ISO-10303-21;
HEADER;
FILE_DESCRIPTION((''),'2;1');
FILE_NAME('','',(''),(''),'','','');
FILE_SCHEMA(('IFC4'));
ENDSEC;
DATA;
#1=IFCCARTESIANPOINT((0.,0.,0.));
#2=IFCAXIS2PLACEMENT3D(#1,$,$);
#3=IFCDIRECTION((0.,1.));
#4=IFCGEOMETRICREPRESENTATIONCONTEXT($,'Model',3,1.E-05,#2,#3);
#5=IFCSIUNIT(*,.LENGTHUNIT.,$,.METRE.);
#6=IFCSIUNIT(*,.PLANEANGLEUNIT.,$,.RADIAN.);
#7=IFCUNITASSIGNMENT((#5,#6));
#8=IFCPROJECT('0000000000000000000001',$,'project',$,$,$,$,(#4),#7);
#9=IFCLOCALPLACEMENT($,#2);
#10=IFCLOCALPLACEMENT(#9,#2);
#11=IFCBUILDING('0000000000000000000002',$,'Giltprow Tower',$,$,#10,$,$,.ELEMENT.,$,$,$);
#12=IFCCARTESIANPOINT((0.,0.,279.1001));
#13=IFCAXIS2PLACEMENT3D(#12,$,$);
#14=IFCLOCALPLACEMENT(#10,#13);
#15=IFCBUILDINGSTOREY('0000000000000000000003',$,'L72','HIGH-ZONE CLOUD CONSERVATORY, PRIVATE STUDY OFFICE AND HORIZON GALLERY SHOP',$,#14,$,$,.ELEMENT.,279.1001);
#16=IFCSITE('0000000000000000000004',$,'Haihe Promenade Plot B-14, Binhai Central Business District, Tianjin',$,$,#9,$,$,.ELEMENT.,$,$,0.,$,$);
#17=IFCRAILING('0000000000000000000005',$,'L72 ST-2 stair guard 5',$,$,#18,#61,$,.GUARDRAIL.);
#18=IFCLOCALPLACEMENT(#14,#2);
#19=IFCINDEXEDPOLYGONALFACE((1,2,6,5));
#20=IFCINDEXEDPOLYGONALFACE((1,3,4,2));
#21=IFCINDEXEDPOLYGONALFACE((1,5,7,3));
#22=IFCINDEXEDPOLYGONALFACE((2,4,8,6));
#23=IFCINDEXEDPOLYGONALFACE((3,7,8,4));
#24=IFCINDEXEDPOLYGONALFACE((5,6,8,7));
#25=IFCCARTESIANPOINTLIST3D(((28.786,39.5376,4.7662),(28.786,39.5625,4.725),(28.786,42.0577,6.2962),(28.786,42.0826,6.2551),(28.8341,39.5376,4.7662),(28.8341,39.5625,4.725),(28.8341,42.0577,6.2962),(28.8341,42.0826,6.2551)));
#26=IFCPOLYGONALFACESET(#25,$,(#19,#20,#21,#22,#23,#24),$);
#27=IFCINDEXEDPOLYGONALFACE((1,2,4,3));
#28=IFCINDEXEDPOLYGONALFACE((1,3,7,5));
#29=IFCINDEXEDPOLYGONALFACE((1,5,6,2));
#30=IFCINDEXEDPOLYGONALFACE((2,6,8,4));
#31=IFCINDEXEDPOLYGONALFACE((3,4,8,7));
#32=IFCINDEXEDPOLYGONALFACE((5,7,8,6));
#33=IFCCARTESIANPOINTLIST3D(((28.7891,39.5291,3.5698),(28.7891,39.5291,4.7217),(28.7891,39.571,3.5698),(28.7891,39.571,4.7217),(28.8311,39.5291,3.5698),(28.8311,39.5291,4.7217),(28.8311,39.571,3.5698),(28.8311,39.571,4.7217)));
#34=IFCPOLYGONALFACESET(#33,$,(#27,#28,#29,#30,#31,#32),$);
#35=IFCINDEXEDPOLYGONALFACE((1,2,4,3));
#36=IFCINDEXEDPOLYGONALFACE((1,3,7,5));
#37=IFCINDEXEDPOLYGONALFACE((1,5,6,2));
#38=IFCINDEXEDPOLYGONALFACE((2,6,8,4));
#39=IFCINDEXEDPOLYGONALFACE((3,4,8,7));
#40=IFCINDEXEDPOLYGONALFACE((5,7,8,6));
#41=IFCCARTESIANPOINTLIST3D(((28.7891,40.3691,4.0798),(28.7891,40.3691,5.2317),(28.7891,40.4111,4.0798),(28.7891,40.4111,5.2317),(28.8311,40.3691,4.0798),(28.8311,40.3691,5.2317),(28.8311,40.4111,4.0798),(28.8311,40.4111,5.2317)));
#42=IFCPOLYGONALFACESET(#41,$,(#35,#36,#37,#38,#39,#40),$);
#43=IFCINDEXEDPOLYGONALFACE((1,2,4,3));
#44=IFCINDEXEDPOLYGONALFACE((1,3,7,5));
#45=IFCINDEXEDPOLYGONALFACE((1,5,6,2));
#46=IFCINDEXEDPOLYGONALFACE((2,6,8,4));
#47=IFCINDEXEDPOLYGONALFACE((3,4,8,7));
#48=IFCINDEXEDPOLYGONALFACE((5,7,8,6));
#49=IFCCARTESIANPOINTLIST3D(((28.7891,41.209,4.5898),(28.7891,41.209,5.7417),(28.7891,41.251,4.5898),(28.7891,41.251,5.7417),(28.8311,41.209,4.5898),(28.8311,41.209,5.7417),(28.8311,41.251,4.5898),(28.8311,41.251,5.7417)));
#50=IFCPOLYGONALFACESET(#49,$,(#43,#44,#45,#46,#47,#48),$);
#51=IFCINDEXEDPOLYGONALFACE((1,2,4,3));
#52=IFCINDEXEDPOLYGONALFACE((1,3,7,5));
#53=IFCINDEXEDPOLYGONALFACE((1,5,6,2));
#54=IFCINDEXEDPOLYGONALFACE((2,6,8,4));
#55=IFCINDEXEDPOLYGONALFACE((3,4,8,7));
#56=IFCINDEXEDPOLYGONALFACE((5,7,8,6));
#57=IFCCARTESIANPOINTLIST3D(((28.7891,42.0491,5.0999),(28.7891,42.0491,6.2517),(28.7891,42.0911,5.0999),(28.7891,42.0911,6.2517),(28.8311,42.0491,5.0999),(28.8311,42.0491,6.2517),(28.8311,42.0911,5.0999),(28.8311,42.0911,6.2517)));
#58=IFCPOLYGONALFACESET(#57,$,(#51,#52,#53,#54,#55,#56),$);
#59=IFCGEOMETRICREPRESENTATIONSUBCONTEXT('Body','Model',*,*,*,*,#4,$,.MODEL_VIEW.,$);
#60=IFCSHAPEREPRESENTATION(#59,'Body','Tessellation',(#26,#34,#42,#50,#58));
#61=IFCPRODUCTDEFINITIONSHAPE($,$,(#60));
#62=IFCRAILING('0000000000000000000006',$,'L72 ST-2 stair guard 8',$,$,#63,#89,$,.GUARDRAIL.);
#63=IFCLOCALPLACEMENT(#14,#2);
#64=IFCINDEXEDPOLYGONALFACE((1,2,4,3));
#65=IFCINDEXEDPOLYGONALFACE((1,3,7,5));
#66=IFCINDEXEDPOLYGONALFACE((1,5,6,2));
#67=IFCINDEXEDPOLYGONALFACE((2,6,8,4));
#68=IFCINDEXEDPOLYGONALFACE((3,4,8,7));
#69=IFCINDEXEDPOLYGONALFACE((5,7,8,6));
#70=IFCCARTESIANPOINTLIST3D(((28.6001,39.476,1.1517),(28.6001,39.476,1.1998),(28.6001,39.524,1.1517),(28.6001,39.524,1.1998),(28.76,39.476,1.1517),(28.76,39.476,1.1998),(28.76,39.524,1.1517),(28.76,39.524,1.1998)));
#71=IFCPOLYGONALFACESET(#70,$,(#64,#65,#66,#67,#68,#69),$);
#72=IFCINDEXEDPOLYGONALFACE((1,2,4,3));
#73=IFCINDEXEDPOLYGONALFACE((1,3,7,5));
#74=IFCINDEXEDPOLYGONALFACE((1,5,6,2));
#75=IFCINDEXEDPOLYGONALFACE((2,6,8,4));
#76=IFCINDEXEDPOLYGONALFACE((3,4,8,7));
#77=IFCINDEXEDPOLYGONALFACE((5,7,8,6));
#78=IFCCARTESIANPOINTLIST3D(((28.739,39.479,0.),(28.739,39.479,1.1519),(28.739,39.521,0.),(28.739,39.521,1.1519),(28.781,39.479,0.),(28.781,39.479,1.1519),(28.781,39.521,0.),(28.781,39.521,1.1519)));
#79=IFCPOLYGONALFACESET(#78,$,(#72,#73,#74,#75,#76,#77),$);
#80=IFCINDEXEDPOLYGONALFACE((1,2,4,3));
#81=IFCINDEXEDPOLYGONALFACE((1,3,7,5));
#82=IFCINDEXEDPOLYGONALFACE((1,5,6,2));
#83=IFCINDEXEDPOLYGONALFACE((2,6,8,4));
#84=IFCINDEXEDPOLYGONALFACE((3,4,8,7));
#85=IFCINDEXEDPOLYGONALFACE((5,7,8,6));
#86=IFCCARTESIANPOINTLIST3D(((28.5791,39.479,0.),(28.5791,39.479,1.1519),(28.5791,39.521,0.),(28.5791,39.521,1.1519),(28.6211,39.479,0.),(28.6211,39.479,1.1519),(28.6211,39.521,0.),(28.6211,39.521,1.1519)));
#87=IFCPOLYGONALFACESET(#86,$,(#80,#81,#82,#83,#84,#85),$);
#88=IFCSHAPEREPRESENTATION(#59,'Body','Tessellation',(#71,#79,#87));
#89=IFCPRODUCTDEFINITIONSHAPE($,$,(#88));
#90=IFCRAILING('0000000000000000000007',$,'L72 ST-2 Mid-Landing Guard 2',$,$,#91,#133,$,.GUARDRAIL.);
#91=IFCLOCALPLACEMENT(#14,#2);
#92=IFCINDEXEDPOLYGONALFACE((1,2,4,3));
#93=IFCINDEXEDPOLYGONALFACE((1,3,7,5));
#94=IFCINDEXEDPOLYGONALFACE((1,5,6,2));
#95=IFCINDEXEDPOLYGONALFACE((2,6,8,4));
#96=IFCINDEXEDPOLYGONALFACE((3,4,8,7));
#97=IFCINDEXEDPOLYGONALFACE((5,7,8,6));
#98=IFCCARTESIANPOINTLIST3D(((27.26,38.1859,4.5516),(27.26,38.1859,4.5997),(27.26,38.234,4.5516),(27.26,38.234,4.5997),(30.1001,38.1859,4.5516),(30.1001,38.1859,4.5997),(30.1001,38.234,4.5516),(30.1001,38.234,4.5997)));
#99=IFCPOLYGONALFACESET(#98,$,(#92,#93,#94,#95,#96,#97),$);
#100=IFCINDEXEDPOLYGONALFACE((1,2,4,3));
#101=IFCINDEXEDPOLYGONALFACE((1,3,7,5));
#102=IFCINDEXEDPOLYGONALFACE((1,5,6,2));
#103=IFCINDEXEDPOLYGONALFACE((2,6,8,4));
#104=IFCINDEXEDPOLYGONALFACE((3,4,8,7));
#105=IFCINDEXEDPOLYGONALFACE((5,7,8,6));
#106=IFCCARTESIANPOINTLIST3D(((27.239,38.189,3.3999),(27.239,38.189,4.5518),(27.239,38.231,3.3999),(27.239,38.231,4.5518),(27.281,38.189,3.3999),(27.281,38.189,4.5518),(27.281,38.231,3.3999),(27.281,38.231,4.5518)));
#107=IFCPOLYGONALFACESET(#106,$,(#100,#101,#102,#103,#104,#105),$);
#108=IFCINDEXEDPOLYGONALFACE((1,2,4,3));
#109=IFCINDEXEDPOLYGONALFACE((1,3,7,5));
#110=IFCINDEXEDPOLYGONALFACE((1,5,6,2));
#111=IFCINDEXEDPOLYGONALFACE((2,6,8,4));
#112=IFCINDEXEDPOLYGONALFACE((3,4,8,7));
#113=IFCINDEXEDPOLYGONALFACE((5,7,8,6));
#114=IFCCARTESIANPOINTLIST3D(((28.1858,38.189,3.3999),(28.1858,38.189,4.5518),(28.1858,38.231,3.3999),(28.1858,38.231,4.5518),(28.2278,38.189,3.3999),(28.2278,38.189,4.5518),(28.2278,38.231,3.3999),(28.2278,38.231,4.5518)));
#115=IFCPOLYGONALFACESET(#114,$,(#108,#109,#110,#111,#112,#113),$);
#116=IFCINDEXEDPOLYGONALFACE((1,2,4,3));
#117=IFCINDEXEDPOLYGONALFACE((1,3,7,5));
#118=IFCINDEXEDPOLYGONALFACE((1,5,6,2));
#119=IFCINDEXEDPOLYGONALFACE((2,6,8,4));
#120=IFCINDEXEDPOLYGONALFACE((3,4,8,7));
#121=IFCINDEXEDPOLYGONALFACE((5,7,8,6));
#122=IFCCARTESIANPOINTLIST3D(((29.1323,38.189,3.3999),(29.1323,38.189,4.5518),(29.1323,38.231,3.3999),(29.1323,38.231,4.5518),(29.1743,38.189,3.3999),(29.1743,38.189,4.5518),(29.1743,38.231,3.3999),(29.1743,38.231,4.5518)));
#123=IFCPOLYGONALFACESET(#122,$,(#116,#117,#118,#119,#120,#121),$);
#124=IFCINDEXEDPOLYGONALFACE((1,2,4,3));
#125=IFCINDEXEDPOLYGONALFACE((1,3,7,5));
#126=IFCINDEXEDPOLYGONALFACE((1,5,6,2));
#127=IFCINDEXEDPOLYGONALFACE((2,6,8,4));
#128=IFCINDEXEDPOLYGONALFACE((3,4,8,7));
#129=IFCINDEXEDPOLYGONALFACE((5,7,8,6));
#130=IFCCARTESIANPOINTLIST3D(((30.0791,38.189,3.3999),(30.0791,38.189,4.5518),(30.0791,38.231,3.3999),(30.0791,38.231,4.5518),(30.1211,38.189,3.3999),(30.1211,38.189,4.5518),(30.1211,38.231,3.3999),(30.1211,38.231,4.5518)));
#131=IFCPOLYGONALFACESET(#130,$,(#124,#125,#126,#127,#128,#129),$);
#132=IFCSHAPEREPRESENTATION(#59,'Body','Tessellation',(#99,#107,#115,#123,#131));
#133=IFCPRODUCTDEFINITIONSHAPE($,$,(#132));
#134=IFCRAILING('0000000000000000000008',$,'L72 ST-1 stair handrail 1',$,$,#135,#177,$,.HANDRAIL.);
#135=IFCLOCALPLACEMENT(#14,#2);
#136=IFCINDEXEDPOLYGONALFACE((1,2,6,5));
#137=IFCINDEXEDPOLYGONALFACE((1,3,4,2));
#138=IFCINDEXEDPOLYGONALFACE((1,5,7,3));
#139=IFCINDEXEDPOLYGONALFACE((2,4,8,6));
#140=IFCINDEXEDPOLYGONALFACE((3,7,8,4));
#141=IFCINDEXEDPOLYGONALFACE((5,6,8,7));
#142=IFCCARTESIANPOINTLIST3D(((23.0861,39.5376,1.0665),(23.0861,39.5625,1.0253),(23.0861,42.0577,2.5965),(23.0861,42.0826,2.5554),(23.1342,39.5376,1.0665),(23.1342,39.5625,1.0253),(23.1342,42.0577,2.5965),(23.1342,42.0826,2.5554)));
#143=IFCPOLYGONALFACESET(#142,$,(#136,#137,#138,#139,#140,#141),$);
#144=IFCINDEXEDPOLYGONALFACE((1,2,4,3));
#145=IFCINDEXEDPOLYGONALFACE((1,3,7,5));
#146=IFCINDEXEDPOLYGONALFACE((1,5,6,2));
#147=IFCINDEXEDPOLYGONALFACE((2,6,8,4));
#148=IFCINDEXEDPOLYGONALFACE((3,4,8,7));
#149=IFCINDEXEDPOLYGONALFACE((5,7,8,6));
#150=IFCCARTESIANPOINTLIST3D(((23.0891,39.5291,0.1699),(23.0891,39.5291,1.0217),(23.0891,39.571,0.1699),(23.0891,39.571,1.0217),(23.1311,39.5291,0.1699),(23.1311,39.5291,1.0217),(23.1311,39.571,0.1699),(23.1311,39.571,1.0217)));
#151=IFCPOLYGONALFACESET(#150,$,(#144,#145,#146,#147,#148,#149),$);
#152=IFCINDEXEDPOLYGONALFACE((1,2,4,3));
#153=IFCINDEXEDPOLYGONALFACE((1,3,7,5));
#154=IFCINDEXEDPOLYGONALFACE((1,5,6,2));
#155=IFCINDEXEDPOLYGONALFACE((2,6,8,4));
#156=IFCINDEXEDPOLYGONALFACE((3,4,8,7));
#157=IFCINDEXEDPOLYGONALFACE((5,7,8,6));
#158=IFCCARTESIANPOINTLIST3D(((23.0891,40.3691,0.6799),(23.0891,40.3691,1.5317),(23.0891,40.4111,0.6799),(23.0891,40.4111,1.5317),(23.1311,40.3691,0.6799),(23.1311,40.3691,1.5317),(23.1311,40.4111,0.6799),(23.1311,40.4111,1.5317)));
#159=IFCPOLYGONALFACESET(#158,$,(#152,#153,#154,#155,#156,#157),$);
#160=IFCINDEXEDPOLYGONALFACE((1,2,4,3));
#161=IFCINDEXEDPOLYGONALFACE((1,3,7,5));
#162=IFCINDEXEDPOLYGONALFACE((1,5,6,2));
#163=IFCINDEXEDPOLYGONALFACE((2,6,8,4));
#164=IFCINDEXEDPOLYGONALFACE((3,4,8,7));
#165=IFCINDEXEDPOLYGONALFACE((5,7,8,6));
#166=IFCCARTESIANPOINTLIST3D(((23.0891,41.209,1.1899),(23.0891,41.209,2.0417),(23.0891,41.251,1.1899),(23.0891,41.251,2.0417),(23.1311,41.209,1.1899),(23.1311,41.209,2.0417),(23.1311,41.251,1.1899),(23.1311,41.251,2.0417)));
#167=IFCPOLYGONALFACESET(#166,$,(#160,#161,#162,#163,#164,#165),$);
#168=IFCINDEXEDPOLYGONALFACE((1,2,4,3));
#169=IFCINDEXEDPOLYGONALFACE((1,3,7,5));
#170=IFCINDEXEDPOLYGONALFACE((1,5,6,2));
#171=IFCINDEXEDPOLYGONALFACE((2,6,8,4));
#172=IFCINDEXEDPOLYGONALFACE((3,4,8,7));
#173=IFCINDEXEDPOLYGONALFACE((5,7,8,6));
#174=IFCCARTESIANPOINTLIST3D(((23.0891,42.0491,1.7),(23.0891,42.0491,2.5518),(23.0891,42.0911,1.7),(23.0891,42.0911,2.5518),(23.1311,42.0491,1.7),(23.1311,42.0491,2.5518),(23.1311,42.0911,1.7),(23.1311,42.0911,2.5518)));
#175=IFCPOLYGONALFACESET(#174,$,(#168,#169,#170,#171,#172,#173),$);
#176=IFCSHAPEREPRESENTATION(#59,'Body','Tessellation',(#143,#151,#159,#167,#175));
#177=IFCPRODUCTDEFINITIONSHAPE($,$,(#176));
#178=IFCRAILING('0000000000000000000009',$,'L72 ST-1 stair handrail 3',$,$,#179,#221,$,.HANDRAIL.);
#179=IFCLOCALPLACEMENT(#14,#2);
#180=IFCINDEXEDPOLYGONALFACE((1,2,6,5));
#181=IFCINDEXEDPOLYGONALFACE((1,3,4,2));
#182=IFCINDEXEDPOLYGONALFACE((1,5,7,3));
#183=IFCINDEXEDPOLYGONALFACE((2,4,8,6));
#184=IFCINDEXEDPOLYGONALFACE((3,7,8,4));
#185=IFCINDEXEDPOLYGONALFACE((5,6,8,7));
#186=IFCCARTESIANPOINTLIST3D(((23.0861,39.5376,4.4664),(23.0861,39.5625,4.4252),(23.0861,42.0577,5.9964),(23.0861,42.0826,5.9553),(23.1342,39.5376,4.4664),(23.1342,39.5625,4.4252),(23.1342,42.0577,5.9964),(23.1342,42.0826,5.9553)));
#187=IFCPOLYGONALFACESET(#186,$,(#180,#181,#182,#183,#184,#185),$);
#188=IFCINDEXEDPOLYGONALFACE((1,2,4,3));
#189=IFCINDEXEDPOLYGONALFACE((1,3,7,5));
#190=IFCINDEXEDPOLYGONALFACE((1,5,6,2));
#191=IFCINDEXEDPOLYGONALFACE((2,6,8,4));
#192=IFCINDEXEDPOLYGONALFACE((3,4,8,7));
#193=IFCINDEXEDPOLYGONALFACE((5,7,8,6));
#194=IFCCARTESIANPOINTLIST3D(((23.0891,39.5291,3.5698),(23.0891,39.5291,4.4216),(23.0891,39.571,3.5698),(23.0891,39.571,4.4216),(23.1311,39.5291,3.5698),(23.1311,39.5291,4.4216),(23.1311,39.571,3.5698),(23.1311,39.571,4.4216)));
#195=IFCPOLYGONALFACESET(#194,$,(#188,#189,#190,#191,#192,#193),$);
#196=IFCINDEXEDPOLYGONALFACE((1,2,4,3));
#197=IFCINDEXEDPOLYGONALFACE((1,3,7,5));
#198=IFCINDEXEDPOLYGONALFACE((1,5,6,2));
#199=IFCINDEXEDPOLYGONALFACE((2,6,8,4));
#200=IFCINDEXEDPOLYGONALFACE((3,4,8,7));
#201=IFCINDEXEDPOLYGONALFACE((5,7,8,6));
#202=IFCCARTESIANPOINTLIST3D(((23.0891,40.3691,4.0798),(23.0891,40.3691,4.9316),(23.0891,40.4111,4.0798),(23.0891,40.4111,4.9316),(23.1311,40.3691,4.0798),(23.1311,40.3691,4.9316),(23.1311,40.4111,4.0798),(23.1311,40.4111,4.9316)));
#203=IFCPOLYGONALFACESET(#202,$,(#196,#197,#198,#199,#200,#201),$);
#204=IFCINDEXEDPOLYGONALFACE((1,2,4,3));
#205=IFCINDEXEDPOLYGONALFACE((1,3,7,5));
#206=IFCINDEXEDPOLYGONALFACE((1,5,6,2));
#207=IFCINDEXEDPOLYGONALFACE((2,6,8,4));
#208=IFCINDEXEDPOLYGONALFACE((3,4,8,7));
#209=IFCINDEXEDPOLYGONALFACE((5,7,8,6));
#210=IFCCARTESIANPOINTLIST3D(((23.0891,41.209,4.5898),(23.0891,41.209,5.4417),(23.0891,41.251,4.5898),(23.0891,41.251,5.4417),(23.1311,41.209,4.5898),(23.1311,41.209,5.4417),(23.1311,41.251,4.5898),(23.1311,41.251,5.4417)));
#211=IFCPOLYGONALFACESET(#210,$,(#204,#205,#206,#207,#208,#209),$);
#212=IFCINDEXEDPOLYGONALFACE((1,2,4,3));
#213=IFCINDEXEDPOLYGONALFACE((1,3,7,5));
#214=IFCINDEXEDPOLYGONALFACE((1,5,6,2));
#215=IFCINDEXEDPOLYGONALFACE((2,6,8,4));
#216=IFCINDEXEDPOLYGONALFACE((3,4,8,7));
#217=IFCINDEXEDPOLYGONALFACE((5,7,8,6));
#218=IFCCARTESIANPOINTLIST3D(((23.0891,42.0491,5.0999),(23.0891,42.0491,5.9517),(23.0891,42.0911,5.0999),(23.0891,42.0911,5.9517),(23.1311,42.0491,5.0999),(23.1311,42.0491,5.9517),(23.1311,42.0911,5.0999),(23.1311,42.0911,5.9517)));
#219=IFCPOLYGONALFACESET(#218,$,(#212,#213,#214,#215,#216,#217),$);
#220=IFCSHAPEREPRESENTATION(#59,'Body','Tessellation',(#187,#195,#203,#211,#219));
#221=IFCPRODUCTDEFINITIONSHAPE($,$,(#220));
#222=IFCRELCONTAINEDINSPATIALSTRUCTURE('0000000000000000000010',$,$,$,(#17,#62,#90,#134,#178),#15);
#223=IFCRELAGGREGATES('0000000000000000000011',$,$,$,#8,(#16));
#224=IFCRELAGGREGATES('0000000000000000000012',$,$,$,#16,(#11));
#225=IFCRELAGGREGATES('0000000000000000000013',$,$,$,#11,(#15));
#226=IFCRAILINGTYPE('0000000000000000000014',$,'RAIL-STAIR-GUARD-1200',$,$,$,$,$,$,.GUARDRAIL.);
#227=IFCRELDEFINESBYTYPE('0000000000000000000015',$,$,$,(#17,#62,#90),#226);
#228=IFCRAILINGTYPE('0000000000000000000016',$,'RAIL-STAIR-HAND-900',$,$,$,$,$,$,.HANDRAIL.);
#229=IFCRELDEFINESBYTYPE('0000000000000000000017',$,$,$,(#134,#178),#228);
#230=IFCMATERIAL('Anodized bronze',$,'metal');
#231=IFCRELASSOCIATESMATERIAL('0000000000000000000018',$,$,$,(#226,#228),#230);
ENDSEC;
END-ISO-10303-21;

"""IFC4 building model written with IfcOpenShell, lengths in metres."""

from ifc_helpers import new_model, si_unit, direction, frame, origin, origin_2d, place, context, subcontext, project, spatial, rectangle, extrude, material, type_object, element, save


model = new_model("IFC4")

# Units and contexts
model_context = context("Model", 3, precision=1e-05, world=origin(), true_north=direction((0.0, 1.0)))
body_context = subcontext(model_context, "Body", "Model", "MODEL_VIEW")
ifc_project = project(units=[si_unit("LENGTHUNIT", "METRE"), si_unit("PLANEANGLEUNIT", "RADIAN")], contexts=[model_context])

# Site, building, storey
site_placement = place(None, origin())
site = spatial("IfcSite", under=ifc_project, at=site_placement, Name="Haihe Promenade Plot B-14, Binhai Central Business District, Tianjin", CompositionType="ELEMENT", RefElevation=0.0)
building_placement = place(site_placement, origin())
building = spatial("IfcBuilding", under=site, at=building_placement, Name="Giltprow Tower", CompositionType="ELEMENT")
storey_placement = place(building_placement, frame((0.0, 0.0, 279.1001)))
storey = spatial("IfcBuildingStorey", under=building, at=storey_placement, Name="L72", Description="HIGH-ZONE CLOUD CONSERVATORY, PRIVATE STUDY OFFICE AND HORIZON GALLERY SHOP", CompositionType="ELEMENT", Elevation=279.1001)

# Railings
ifc_material_1 = material(Name="Anodized bronze", Category="metal")
railing_type_1 = type_object("IfcRailingType", Name="RAIL-STAIR-GUARD-1200", PredefinedType="GUARDRAIL", material=ifc_material_1)
railing_1_placement = place(storey_placement, frame((28.8101, 39.55, 3.5698)))
element("IfcRailing", 1, at=railing_1_placement, inside=storey, type_object=railing_type_1, Name="L72 ST-2 stair guard 5", PredefinedType="GUARDRAIL", context=body_context, shape_type="SweptSolid", body=[
    extrude(rectangle(XDim=0.0481, YDim=0.0481, at=origin_2d()), frame((0.0, 0.0, 1.1758), z_axis=(0.0, 0.854785, 0.518982), x_axis=(-1.0, 0.0, 0.0)), (0.0, 0.0, 1.0), 2.9482),
    extrude(rectangle(XDim=0.042, YDim=0.042, at=origin_2d()), origin(), (0.0, 0.0, 1.0), 1.1519),
    extrude(rectangle(XDim=0.042, YDim=0.042, at=origin_2d()), frame((0.0, 0.8401, 0.51)), (0.0, 0.0, 1.0), 1.1519),
    extrude(rectangle(XDim=0.042, YDim=0.042, at=origin_2d()), frame((0.0, 1.6799, 1.02)), (0.0, 0.0, 1.0), 1.1519),
    extrude(rectangle(XDim=0.042, YDim=0.042, at=origin_2d()), frame((0.0, 2.52, 1.53)), (0.0, 0.0, 1.0), 1.1519),
])
railing_2_placement = place(storey_placement, frame((28.76, 39.5, 0.0)))
element("IfcRailing", 2, at=railing_2_placement, inside=storey, type_object=railing_type_1, Name="L72 ST-2 stair guard 8", PredefinedType="GUARDRAIL", context=body_context, shape_type="SweptSolid", body=[
    extrude(rectangle(XDim=0.0481, YDim=0.0481, at=origin_2d()), frame((0.0, 0.0, 1.1758), z_axis=(-1.0, 0.0, 0.0), x_axis=(0.0, -1.0, 0.0)), (0.0, 0.0, 1.0), 0.1599),
    extrude(rectangle(XDim=0.042, YDim=0.042, at=origin_2d()), origin(), (0.0, 0.0, 1.0), 1.1519),
    extrude(rectangle(XDim=0.042, YDim=0.042, at=origin_2d()), frame((-0.1599, 0.0, 0.0)), (0.0, 0.0, 1.0), 1.1519),
])
railing_3_placement = place(storey_placement, frame((27.26, 38.21, 3.3999)))
element("IfcRailing", 3, at=railing_3_placement, inside=storey, type_object=railing_type_1, Name="L72 ST-2 Mid-Landing Guard 2", PredefinedType="GUARDRAIL", context=body_context, shape_type="SweptSolid", body=[
    extrude(rectangle(XDim=0.0481, YDim=0.0481, at=origin_2d()), frame((0.0, 0.0, 1.1758), z_axis=(1.0, 0.0, 0.0), x_axis=(0.0, 1.0, 0.0)), (0.0, 0.0, 1.0), 2.8401),
    extrude(rectangle(XDim=0.042, YDim=0.042, at=origin_2d()), origin(), (0.0, 0.0, 1.0), 1.1519),
    extrude(rectangle(XDim=0.042, YDim=0.042, at=origin_2d()), frame((0.9468, 0.0, 0.0)), (0.0, 0.0, 1.0), 1.1519),
    extrude(rectangle(XDim=0.042, YDim=0.042, at=origin_2d()), frame((1.8933, 0.0, 0.0)), (0.0, 0.0, 1.0), 1.1519),
    extrude(rectangle(XDim=0.042, YDim=0.042, at=origin_2d()), frame((2.8401, 0.0, 0.0)), (0.0, 0.0, 1.0), 1.1519),
])
railing_type_2 = type_object("IfcRailingType", Name="RAIL-STAIR-HAND-900", PredefinedType="HANDRAIL", material=ifc_material_1)
for number, where, name in (
    (4, (23.1101, 39.55, 0.1699), "L72 ST-1 stair handrail 1"),
    (5, (23.1101, 39.55, 3.5698), "L72 ST-1 stair handrail 3"),
):
    element("IfcRailing", number, at=place(storey_placement, frame(where)), inside=storey, type_object=railing_type_2, Name=name, PredefinedType="HANDRAIL", context=body_context, shape_type="SweptSolid", body=[
        extrude(rectangle(XDim=0.0481, YDim=0.0481, at=origin_2d()), frame((0.0, 0.0, 0.876), z_axis=(0.0, 0.854785, 0.518982), x_axis=(-1.0, 0.0, 0.0)), (0.0, 0.0, 1.0), 2.9482),
        extrude(rectangle(XDim=0.042, YDim=0.042, at=origin_2d()), origin(), (0.0, 0.0, 1.0), 0.8518),
        extrude(rectangle(XDim=0.042, YDim=0.042, at=origin_2d()), frame((0.0, 0.8401, 0.51)), (0.0, 0.0, 1.0), 0.8518),
        extrude(rectangle(XDim=0.042, YDim=0.042, at=origin_2d()), frame((0.0, 1.6799, 1.02)), (0.0, 0.0, 1.0), 0.8518),
        extrude(rectangle(XDim=0.042, YDim=0.042, at=origin_2d()), frame((0.0, 2.52, 1.53)), (0.0, 0.0, 1.0), 0.8518),
    ])

save(model, "model.ifc")
